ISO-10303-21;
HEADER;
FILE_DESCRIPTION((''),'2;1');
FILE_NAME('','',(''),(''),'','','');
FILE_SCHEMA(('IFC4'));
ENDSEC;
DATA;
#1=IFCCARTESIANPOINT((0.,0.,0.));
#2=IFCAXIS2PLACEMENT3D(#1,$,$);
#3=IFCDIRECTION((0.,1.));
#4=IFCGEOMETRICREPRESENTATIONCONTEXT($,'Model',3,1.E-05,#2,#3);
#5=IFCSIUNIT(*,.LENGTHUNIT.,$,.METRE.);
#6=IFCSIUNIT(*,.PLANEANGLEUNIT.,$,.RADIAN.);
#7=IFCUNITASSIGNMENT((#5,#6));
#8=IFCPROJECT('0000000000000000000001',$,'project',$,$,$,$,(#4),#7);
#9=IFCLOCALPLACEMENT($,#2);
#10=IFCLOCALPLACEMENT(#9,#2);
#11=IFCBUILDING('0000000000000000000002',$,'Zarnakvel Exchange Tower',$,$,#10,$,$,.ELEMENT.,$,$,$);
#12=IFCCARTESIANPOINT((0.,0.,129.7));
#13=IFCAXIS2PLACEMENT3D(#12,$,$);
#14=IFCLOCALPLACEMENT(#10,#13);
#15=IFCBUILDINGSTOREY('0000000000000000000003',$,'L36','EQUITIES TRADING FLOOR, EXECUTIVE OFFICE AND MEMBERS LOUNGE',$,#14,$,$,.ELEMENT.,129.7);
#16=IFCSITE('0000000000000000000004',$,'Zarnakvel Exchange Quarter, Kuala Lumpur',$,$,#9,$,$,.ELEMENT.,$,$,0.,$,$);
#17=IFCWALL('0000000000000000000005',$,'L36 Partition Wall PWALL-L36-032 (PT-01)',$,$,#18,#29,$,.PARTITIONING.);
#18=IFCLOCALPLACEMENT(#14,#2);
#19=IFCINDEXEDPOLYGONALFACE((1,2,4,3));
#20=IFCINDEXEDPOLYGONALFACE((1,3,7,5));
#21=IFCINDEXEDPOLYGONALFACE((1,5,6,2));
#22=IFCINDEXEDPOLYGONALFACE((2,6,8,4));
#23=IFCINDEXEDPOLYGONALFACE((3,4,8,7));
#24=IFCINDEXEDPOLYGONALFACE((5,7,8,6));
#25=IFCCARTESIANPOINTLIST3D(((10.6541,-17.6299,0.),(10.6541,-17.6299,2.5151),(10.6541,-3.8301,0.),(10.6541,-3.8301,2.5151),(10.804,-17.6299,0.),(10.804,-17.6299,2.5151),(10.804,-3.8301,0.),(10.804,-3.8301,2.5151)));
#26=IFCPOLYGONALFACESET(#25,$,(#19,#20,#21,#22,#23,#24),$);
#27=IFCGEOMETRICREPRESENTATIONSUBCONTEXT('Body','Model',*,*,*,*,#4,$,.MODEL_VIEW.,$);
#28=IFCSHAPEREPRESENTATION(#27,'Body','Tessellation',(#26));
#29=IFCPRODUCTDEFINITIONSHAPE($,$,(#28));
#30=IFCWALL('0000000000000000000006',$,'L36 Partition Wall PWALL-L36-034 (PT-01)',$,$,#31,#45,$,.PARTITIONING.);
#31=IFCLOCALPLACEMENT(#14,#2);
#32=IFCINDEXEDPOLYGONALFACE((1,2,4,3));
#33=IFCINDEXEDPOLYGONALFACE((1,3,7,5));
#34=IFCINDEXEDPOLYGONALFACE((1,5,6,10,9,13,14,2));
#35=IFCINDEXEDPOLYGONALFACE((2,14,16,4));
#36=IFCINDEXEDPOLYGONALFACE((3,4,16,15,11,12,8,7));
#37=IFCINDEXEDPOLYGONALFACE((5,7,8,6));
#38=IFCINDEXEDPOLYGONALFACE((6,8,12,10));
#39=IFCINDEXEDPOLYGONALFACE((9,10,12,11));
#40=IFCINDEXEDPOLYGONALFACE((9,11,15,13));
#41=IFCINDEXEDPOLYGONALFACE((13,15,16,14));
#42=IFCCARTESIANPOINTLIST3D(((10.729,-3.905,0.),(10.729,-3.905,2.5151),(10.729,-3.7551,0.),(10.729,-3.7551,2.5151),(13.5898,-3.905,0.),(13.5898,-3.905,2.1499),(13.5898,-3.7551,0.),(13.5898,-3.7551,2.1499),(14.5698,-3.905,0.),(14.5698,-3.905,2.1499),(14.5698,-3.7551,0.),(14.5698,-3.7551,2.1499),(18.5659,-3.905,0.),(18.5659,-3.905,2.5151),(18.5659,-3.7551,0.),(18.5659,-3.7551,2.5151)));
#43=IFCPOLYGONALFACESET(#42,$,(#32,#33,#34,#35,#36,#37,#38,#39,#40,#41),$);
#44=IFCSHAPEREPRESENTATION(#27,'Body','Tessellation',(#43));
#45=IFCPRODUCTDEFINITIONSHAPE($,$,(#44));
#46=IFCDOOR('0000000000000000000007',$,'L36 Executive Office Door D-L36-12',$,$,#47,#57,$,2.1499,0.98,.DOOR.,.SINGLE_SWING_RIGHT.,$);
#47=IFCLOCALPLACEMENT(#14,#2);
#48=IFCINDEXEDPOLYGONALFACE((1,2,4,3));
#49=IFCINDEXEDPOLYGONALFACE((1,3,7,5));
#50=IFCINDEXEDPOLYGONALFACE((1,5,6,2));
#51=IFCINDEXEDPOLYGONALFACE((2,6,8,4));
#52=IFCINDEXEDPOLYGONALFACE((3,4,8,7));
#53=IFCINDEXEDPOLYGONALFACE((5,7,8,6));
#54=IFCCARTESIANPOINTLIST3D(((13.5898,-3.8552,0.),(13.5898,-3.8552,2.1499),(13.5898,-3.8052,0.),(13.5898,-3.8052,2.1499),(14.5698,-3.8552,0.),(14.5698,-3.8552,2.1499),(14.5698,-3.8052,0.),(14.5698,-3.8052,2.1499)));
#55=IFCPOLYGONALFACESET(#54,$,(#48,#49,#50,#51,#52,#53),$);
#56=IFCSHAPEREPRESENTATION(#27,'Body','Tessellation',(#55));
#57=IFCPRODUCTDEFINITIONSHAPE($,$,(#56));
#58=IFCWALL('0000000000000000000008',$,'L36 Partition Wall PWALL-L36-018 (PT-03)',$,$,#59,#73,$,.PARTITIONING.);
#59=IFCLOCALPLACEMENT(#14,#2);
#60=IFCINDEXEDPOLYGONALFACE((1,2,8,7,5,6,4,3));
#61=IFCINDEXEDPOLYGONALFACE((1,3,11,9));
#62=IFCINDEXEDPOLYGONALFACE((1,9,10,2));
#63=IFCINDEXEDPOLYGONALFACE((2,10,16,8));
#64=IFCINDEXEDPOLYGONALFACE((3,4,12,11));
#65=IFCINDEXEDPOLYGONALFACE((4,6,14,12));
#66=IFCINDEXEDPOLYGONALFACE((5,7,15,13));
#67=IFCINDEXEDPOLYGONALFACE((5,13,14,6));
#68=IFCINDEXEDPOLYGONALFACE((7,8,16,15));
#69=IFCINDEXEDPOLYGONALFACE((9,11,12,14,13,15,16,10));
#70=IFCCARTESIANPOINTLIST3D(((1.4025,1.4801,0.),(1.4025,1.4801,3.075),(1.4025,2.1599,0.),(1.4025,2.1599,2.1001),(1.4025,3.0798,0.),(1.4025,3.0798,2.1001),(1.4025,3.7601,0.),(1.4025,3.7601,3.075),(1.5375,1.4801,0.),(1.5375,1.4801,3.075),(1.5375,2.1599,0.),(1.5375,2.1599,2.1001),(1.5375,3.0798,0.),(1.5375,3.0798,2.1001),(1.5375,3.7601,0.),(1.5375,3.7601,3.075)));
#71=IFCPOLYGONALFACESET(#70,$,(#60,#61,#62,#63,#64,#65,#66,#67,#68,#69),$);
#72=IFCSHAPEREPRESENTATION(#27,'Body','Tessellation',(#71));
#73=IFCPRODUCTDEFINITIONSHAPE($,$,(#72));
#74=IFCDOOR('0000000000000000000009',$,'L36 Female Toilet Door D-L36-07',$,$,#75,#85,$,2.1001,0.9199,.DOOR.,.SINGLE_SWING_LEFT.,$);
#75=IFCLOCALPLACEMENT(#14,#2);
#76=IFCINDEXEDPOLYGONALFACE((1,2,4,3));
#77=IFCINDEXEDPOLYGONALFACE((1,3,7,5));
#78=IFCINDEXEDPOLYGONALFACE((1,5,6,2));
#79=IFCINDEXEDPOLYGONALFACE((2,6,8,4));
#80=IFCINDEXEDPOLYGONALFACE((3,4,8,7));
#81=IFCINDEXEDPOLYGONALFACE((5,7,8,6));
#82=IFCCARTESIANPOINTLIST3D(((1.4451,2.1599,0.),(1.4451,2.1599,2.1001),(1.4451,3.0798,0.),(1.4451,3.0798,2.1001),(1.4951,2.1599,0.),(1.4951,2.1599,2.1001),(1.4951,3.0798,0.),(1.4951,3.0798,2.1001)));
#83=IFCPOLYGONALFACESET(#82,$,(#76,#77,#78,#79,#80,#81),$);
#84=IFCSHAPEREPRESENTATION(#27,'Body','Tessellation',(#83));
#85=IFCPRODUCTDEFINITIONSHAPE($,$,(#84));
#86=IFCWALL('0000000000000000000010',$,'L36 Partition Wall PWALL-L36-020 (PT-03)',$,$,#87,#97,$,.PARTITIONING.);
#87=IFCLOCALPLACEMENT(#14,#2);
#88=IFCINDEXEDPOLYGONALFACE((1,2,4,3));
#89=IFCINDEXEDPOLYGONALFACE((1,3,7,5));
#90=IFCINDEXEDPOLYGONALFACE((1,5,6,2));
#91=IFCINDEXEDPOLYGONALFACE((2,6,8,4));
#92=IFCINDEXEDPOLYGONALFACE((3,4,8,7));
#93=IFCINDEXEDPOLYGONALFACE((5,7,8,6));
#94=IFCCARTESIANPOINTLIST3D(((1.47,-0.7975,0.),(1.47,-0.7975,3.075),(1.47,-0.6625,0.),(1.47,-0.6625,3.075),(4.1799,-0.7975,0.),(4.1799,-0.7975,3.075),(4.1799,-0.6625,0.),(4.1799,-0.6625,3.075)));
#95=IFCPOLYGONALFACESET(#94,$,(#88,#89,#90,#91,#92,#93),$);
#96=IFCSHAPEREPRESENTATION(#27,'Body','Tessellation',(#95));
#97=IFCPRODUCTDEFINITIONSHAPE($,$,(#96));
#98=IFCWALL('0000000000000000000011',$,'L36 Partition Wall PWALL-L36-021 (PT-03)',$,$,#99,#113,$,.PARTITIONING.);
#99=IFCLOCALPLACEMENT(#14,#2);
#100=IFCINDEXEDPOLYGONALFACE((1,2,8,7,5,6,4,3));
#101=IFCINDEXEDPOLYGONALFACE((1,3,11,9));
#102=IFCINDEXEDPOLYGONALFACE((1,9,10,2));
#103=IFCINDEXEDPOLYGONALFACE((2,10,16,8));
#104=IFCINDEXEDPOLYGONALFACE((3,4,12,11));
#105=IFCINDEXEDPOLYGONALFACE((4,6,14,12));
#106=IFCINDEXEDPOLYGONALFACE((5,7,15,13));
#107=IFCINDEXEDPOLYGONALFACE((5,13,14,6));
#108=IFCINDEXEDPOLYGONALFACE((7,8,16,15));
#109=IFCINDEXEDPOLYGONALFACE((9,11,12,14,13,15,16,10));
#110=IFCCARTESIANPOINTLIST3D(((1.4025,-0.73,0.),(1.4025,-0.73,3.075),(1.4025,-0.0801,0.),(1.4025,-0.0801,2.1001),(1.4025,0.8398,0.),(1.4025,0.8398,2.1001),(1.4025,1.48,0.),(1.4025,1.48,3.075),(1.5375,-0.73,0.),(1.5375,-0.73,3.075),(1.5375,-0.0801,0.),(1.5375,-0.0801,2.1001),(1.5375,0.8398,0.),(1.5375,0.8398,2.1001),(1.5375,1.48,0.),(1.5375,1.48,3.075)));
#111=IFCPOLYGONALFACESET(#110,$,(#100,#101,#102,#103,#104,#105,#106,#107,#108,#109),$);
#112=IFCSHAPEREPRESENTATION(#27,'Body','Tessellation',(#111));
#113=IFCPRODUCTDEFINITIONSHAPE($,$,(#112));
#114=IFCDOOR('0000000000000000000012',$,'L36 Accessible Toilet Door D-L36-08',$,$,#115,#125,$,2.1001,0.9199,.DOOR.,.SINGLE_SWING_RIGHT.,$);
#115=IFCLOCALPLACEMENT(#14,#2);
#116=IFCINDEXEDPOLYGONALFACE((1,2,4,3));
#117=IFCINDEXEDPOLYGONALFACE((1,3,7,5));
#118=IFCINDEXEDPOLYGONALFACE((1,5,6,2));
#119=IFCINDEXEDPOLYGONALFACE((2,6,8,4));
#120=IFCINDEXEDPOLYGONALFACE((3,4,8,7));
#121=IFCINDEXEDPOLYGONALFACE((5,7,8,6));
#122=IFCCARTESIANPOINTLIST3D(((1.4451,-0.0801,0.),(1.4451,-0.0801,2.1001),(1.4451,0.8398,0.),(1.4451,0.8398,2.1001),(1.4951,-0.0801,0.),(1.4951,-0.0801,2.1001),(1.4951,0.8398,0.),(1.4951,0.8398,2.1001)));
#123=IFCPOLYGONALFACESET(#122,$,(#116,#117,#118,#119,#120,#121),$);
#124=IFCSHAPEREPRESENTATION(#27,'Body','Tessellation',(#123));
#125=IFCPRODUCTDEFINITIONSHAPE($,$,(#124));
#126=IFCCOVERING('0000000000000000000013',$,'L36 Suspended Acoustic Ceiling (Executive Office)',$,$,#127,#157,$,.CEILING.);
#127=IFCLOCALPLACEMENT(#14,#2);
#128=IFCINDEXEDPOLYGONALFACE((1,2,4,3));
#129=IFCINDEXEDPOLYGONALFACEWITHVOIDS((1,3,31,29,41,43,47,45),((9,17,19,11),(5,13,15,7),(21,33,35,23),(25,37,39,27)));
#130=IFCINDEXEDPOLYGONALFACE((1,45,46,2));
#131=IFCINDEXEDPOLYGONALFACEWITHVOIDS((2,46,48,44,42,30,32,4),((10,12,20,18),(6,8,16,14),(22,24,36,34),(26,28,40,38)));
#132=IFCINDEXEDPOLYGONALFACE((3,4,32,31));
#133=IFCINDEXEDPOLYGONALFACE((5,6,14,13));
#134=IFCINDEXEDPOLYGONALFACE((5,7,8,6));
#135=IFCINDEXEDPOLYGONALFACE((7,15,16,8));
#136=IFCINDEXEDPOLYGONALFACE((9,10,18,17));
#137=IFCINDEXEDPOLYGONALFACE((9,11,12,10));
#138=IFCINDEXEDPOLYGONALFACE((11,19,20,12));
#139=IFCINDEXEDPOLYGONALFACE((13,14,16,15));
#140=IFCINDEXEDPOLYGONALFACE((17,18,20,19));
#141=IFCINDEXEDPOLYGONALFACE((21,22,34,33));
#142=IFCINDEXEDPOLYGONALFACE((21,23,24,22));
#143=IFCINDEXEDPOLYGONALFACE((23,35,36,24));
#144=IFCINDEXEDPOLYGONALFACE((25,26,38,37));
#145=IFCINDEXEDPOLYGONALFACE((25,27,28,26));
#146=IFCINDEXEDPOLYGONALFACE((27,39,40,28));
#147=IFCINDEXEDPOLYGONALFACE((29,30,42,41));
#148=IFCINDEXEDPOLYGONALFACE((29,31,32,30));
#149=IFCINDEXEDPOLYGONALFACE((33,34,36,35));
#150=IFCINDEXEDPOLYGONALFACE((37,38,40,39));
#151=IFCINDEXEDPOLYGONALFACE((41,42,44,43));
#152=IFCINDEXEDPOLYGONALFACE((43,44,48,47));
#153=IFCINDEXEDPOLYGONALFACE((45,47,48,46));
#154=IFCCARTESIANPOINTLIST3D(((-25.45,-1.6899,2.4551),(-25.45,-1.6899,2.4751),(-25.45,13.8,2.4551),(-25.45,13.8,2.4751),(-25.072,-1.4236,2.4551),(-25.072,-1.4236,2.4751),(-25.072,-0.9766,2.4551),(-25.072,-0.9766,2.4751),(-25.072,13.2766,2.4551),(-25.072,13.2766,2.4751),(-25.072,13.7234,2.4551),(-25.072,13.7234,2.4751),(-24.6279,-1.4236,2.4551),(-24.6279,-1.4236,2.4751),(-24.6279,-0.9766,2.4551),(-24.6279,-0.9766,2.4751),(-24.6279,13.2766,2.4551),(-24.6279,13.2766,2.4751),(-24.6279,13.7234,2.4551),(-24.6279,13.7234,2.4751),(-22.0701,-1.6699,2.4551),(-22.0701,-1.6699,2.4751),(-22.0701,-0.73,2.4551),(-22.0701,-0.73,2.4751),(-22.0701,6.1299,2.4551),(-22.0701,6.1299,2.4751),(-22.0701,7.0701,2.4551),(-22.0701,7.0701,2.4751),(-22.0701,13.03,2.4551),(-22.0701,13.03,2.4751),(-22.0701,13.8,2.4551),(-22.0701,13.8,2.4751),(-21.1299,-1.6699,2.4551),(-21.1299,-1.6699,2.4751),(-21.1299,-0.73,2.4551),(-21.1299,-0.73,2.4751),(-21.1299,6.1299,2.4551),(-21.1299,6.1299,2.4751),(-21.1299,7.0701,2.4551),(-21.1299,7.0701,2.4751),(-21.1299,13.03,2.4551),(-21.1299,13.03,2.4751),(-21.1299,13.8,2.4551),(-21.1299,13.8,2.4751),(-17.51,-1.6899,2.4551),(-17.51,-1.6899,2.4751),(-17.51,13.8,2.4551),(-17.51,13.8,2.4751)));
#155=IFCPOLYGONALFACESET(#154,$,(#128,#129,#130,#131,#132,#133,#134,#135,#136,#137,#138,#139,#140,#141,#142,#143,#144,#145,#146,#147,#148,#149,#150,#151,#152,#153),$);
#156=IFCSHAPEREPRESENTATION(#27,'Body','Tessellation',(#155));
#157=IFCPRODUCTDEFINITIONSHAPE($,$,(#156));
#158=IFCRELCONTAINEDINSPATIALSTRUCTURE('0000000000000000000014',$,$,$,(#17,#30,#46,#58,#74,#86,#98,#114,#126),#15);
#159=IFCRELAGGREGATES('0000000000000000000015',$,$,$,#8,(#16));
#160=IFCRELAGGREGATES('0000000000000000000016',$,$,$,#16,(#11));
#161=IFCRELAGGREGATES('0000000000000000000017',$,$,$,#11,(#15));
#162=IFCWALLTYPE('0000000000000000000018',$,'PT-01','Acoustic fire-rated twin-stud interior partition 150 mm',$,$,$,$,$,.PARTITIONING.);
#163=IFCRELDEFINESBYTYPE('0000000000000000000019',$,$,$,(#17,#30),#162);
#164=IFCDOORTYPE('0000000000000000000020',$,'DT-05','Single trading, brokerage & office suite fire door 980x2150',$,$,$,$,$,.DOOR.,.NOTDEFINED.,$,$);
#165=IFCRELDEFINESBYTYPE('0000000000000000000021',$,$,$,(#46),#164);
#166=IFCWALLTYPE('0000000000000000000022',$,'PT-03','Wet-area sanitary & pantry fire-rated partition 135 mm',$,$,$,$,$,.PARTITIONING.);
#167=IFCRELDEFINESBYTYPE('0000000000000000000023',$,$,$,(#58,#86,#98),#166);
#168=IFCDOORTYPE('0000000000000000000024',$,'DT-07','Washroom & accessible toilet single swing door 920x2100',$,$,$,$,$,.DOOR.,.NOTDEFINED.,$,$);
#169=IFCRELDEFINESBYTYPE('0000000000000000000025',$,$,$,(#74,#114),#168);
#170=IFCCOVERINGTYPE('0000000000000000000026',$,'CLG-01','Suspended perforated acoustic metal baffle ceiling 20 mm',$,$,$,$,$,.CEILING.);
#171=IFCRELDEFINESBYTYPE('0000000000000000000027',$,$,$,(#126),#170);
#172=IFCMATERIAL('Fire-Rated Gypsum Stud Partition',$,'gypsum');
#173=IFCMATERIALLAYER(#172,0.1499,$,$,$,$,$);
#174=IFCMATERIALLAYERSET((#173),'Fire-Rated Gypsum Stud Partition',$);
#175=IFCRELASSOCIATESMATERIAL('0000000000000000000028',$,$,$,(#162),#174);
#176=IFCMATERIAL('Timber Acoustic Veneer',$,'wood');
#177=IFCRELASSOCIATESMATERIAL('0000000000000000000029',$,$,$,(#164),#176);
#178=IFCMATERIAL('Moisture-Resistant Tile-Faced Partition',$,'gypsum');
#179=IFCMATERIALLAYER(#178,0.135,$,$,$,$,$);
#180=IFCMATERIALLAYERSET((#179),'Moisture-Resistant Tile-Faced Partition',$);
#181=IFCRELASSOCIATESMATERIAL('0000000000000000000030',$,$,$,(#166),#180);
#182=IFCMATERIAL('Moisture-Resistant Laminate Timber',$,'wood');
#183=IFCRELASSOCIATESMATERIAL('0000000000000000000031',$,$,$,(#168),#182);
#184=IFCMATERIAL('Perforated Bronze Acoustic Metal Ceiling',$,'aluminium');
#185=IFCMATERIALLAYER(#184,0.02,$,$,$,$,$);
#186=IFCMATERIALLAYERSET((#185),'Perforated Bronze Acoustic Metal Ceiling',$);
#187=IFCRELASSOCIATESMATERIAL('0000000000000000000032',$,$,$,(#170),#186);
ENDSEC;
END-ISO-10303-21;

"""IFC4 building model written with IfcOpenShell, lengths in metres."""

from ifc_helpers import new_model, si_unit, direction, frame, frame_2d, origin, place, context, subcontext, project, spatial, polyline, rectangle, outline, extrude, source, transform, mapped, material, layer, layer_set, type_object, element, fill, save


model = new_model("IFC4")

# Units and contexts
model_context = context("Model", 3, precision=1e-05, world=origin(), true_north=direction((0.0, 1.0)))
body_context = subcontext(model_context, "Body", "Model", "MODEL_VIEW")
ifc_project = project(units=[si_unit("LENGTHUNIT", "METRE"), si_unit("PLANEANGLEUNIT", "RADIAN")], contexts=[model_context])

# Site, building, storey
site_placement = place(None, origin())
site = spatial("IfcSite", under=ifc_project, at=site_placement, Name="Zarnakvel Exchange Quarter, Kuala Lumpur", CompositionType="ELEMENT", RefElevation=0.0)
building_placement = place(site_placement, origin())
building = spatial("IfcBuilding", under=site, at=building_placement, Name="Zarnakvel Exchange Tower", CompositionType="ELEMENT")
storey_placement = place(building_placement, frame((0.0, 0.0, 129.7)))
storey = spatial("IfcBuildingStorey", under=building, at=storey_placement, Name="L36", Description="EQUITIES TRADING FLOOR, EXECUTIVE OFFICE AND MEMBERS LOUNGE", CompositionType="ELEMENT", Elevation=129.7)

# Shared definitions
ifc_material_1 = material(Name="Fire-Rated Gypsum Stud Partition", Category="gypsum")
ifc_layer_1 = layer(ifc_material_1, 0.1499)
ifc_layer_set_1 = layer_set([ifc_layer_1], Name="Fire-Rated Gypsum Stud Partition")
wall_type_1 = type_object("IfcWallType", Name="PT-01", Description="Acoustic fire-rated twin-stud interior partition 150 mm", PredefinedType="PARTITIONING", material=ifc_layer_set_1)
ifc_material_2 = material(Name="Timber Acoustic Veneer", Category="wood")
door_type_1 = type_object("IfcDoorType", Name="DT-05", Description="Single trading, brokerage & office suite fire door 980x2150", OperationType="NOTDEFINED", PredefinedType="DOOR", material=ifc_material_2)
shared_shape_1 = source(origin(), body_context, "Body", "SweptSolid", [
    extrude(rectangle(XDim=0.98, YDim=2.1499, at=frame_2d((0.49, 1.075))), frame((0.0, 0.0249, 0.0), z_axis=(0.0, -1.0, 0.0), x_axis=(1.0, 0.0, 0.0)), (0.0, 0.0, 1.0), 0.05),
])

# Wall
wall_1_placement = place(storey_placement, frame((10.729, -3.8301, 0.0), z_axis=(0.0, 0.0, 1.0), x_axis=(0.0, -1.0, 0.0)))
element("IfcWall", 1, at=wall_1_placement, inside=storey, type_object=wall_type_1, Name="L36 Partition Wall PWALL-L36-032 (PT-01)", PredefinedType="PARTITIONING", context=body_context, shape_type="SweptSolid", body=[
    extrude(rectangle(XDim=13.7998, YDim=0.1499, at=frame_2d((6.8999, 0.0))), origin(), (0.0, 0.0, 1.0), 2.5151),
])

# Walls, openings, doors
wall_2_placement = place(storey_placement, frame((10.729, -3.8301, 0.0), z_axis=(0.0, 0.0, 1.0), x_axis=(1.0, 0.0, 0.0)))
wall_2 = element("IfcWall", 2, at=wall_2_placement, inside=storey, type_object=wall_type_1, Name="L36 Partition Wall PWALL-L36-034 (PT-01)", PredefinedType="PARTITIONING", context=body_context, shape_type="SweptSolid", body=[
    extrude(rectangle(XDim=7.8369, YDim=0.1499, at=frame_2d((3.9185, 0.0))), origin(), (0.0, 0.0, 1.0), 2.5151),
])
opening_1_placement = place(wall_2_placement, frame((2.8608, 0.0, 0.0)))
opening_1 = element("IfcOpeningElement", 3, at=opening_1_placement, cuts=wall_2, PredefinedType="OPENING", context=body_context, shape_type="SweptSolid", body=[
    extrude(rectangle(XDim=0.98, YDim=2.1499, at=frame_2d((0.49, 1.075))), frame((0.0, 0.085, 0.0), z_axis=(0.0, -1.0, 0.0), x_axis=(1.0, 0.0, 0.0)), (0.0, 0.0, 1.0), 0.1699),
])
door_1_placement = place(opening_1_placement, origin())
door_1 = element("IfcDoor", 4, at=door_1_placement, inside=storey, type_object=door_type_1, Name="L36 Executive Office Door D-L36-12", OperationType="SINGLE_SWING_RIGHT", OverallHeight=2.1499, OverallWidth=0.98, PredefinedType="DOOR", context=body_context, shape_type="MappedRepresentation", body=[
    mapped(shared_shape_1, transform((0.0, 0.0, 0.0), x_axis=(1.0, 0.0, 0.0), y_axis=(0.0, 1.0, 0.0), z_axis=(0.0, 0.0, 1.0), scale=1.0)),
])
fill(opening_1, door_1)
ifc_material_3 = material(Name="Moisture-Resistant Tile-Faced Partition", Category="gypsum")
ifc_layer_2 = layer(ifc_material_3, 0.135)
ifc_layer_set_2 = layer_set([ifc_layer_2], Name="Moisture-Resistant Tile-Faced Partition")
wall_type_2 = type_object("IfcWallType", Name="PT-03", Description="Wet-area sanitary & pantry fire-rated partition 135 mm", PredefinedType="PARTITIONING", material=ifc_layer_set_2)
wall_3_placement = place(storey_placement, frame((1.47, 1.48, 0.0), z_axis=(0.0, 0.0, 1.0), x_axis=(0.0, 1.0, 0.0)))
wall_3 = element("IfcWall", 5, at=wall_3_placement, inside=storey, type_object=wall_type_2, Name="L36 Partition Wall PWALL-L36-018 (PT-03)", PredefinedType="PARTITIONING", context=body_context, shape_type="SweptSolid", body=[
    extrude(rectangle(XDim=2.28, YDim=0.135, at=frame_2d((1.1401, 0.0))), origin(), (0.0, 0.0, 1.0), 3.075),
])
opening_2_placement = place(wall_3_placement, frame((0.6799, 0.0, 0.0)))
opening_2 = element("IfcOpeningElement", 6, at=opening_2_placement, cuts=wall_3, PredefinedType="OPENING", context=body_context, shape_type="SweptSolid", body=[
    extrude(rectangle(XDim=0.9199, YDim=2.1001, at=frame_2d((0.46, 1.05))), frame((0.0, 0.0774, 0.0), z_axis=(0.0, -1.0, 0.0), x_axis=(1.0, 0.0, 0.0)), (0.0, 0.0, 1.0), 0.155),
])
ifc_material_4 = material(Name="Moisture-Resistant Laminate Timber", Category="wood")
door_type_2 = type_object("IfcDoorType", Name="DT-07", Description="Washroom & accessible toilet single swing door 920x2100", OperationType="NOTDEFINED", PredefinedType="DOOR", material=ifc_material_4)
shared_shape_2 = source(origin(), body_context, "Body", "SweptSolid", [
    extrude(rectangle(XDim=0.9199, YDim=2.1001, at=frame_2d((0.46, 1.05))), frame((0.0, 0.0249, 0.0), z_axis=(0.0, -1.0, 0.0), x_axis=(1.0, 0.0, 0.0)), (0.0, 0.0, 1.0), 0.05),
])
door_2_placement = place(opening_2_placement, origin())
door_2 = element("IfcDoor", 7, at=door_2_placement, inside=storey, type_object=door_type_2, Name="L36 Female Toilet Door D-L36-07", OperationType="SINGLE_SWING_LEFT", OverallHeight=2.1001, OverallWidth=0.9199, PredefinedType="DOOR", context=body_context, shape_type="MappedRepresentation", body=[
    mapped(shared_shape_2, transform((0.0, 0.0, 0.0), x_axis=(1.0, 0.0, 0.0), y_axis=(0.0, 1.0, 0.0), z_axis=(0.0, 0.0, 1.0), scale=1.0)),
])
fill(opening_2, door_2)

# Wall
wall_4_placement = place(storey_placement, frame((4.1799, -0.73, 0.0), z_axis=(0.0, 0.0, 1.0), x_axis=(-1.0, 0.0, 0.0)))
element("IfcWall", 8, at=wall_4_placement, inside=storey, type_object=wall_type_2, Name="L36 Partition Wall PWALL-L36-020 (PT-03)", PredefinedType="PARTITIONING", context=body_context, shape_type="SweptSolid", body=[
    extrude(rectangle(XDim=2.71, YDim=0.135, at=frame_2d((1.355, 0.0))), origin(), (0.0, 0.0, 1.0), 3.075),
])

# Wall, opening, door
wall_5_placement = place(storey_placement, frame((1.47, -0.73, 0.0), z_axis=(0.0, 0.0, 1.0), x_axis=(0.0, 1.0, 0.0)))
wall_5 = element("IfcWall", 9, at=wall_5_placement, inside=storey, type_object=wall_type_2, Name="L36 Partition Wall PWALL-L36-021 (PT-03)", PredefinedType="PARTITIONING", context=body_context, shape_type="SweptSolid", body=[
    extrude(rectangle(XDim=2.21, YDim=0.135, at=frame_2d((1.105, 0.0))), origin(), (0.0, 0.0, 1.0), 3.075),
])
opening_3_placement = place(wall_5_placement, frame((0.6499, 0.0, 0.0)))
opening_3 = element("IfcOpeningElement", 10, at=opening_3_placement, cuts=wall_5, PredefinedType="OPENING", context=body_context, shape_type="SweptSolid", body=[
    extrude(rectangle(XDim=0.9199, YDim=2.1001, at=frame_2d((0.46, 1.05))), frame((0.0, 0.0774, 0.0), z_axis=(0.0, -1.0, 0.0), x_axis=(1.0, 0.0, 0.0)), (0.0, 0.0, 1.0), 0.155),
])
door_3_placement = place(opening_3_placement, origin())
door_3 = element("IfcDoor", 11, at=door_3_placement, inside=storey, type_object=door_type_2, Name="L36 Accessible Toilet Door D-L36-08", OperationType="SINGLE_SWING_RIGHT", OverallHeight=2.1001, OverallWidth=0.9199, PredefinedType="DOOR", context=body_context, shape_type="MappedRepresentation", body=[
    mapped(shared_shape_2, transform((0.0, 0.0, 0.0), x_axis=(1.0, 0.0, 0.0), y_axis=(0.0, 1.0, 0.0), z_axis=(0.0, 0.0, 1.0), scale=1.0)),
])
fill(opening_3, door_3)

# Covering
ifc_material_5 = material(Name="Perforated Bronze Acoustic Metal Ceiling", Category="aluminium")
ifc_layer_3 = layer(ifc_material_5, 0.02)
ifc_layer_set_3 = layer_set([ifc_layer_3], Name="Perforated Bronze Acoustic Metal Ceiling")
covering_type_1 = type_object("IfcCoveringType", Name="CLG-01", Description="Suspended perforated acoustic metal baffle ceiling 20 mm", PredefinedType="CEILING", material=ifc_layer_set_3)
covering_1_placement = place(storey_placement, frame((0.0, 0.0, 2.4551)))
element("IfcCovering", 12, at=covering_1_placement, inside=storey, type_object=covering_type_1, Name="L36 Suspended Acoustic Ceiling (Executive Office)", PredefinedType="CEILING", context=body_context, shape_type="SweptSolid", body=[
    extrude(outline(polyline([(-25.45, 13.8), (-22.0701, 13.8), (-22.0701, 13.03), (-21.1299, 13.03), (-21.1299, 13.8), (-17.51, 13.8), (-17.51, -1.6899), (-25.45, -1.6899), (-25.45, 13.8)]), holes=[polyline([(-21.1299, 6.1299), (-21.1299, 7.0701), (-22.0701, 7.0701), (-22.0701, 6.1299), (-21.1299, 6.1299)]), polyline([(-21.1299, -1.6699), (-21.1299, -0.73), (-22.0701, -0.73), (-22.0701, -1.6699), (-21.1299, -1.6699)]), polyline([(-24.6279, 13.2766), (-24.6279, 13.7234), (-25.072, 13.7234), (-25.072, 13.2766), (-24.6279, 13.2766)]), polyline([(-24.6279, -1.4236), (-24.6279, -0.9766), (-25.072, -0.9766), (-25.072, -1.4236), (-24.6279, -1.4236)])]), origin(), (0.0, 0.0, 1.0), 0.02),
])

save(model, "model.ifc")
